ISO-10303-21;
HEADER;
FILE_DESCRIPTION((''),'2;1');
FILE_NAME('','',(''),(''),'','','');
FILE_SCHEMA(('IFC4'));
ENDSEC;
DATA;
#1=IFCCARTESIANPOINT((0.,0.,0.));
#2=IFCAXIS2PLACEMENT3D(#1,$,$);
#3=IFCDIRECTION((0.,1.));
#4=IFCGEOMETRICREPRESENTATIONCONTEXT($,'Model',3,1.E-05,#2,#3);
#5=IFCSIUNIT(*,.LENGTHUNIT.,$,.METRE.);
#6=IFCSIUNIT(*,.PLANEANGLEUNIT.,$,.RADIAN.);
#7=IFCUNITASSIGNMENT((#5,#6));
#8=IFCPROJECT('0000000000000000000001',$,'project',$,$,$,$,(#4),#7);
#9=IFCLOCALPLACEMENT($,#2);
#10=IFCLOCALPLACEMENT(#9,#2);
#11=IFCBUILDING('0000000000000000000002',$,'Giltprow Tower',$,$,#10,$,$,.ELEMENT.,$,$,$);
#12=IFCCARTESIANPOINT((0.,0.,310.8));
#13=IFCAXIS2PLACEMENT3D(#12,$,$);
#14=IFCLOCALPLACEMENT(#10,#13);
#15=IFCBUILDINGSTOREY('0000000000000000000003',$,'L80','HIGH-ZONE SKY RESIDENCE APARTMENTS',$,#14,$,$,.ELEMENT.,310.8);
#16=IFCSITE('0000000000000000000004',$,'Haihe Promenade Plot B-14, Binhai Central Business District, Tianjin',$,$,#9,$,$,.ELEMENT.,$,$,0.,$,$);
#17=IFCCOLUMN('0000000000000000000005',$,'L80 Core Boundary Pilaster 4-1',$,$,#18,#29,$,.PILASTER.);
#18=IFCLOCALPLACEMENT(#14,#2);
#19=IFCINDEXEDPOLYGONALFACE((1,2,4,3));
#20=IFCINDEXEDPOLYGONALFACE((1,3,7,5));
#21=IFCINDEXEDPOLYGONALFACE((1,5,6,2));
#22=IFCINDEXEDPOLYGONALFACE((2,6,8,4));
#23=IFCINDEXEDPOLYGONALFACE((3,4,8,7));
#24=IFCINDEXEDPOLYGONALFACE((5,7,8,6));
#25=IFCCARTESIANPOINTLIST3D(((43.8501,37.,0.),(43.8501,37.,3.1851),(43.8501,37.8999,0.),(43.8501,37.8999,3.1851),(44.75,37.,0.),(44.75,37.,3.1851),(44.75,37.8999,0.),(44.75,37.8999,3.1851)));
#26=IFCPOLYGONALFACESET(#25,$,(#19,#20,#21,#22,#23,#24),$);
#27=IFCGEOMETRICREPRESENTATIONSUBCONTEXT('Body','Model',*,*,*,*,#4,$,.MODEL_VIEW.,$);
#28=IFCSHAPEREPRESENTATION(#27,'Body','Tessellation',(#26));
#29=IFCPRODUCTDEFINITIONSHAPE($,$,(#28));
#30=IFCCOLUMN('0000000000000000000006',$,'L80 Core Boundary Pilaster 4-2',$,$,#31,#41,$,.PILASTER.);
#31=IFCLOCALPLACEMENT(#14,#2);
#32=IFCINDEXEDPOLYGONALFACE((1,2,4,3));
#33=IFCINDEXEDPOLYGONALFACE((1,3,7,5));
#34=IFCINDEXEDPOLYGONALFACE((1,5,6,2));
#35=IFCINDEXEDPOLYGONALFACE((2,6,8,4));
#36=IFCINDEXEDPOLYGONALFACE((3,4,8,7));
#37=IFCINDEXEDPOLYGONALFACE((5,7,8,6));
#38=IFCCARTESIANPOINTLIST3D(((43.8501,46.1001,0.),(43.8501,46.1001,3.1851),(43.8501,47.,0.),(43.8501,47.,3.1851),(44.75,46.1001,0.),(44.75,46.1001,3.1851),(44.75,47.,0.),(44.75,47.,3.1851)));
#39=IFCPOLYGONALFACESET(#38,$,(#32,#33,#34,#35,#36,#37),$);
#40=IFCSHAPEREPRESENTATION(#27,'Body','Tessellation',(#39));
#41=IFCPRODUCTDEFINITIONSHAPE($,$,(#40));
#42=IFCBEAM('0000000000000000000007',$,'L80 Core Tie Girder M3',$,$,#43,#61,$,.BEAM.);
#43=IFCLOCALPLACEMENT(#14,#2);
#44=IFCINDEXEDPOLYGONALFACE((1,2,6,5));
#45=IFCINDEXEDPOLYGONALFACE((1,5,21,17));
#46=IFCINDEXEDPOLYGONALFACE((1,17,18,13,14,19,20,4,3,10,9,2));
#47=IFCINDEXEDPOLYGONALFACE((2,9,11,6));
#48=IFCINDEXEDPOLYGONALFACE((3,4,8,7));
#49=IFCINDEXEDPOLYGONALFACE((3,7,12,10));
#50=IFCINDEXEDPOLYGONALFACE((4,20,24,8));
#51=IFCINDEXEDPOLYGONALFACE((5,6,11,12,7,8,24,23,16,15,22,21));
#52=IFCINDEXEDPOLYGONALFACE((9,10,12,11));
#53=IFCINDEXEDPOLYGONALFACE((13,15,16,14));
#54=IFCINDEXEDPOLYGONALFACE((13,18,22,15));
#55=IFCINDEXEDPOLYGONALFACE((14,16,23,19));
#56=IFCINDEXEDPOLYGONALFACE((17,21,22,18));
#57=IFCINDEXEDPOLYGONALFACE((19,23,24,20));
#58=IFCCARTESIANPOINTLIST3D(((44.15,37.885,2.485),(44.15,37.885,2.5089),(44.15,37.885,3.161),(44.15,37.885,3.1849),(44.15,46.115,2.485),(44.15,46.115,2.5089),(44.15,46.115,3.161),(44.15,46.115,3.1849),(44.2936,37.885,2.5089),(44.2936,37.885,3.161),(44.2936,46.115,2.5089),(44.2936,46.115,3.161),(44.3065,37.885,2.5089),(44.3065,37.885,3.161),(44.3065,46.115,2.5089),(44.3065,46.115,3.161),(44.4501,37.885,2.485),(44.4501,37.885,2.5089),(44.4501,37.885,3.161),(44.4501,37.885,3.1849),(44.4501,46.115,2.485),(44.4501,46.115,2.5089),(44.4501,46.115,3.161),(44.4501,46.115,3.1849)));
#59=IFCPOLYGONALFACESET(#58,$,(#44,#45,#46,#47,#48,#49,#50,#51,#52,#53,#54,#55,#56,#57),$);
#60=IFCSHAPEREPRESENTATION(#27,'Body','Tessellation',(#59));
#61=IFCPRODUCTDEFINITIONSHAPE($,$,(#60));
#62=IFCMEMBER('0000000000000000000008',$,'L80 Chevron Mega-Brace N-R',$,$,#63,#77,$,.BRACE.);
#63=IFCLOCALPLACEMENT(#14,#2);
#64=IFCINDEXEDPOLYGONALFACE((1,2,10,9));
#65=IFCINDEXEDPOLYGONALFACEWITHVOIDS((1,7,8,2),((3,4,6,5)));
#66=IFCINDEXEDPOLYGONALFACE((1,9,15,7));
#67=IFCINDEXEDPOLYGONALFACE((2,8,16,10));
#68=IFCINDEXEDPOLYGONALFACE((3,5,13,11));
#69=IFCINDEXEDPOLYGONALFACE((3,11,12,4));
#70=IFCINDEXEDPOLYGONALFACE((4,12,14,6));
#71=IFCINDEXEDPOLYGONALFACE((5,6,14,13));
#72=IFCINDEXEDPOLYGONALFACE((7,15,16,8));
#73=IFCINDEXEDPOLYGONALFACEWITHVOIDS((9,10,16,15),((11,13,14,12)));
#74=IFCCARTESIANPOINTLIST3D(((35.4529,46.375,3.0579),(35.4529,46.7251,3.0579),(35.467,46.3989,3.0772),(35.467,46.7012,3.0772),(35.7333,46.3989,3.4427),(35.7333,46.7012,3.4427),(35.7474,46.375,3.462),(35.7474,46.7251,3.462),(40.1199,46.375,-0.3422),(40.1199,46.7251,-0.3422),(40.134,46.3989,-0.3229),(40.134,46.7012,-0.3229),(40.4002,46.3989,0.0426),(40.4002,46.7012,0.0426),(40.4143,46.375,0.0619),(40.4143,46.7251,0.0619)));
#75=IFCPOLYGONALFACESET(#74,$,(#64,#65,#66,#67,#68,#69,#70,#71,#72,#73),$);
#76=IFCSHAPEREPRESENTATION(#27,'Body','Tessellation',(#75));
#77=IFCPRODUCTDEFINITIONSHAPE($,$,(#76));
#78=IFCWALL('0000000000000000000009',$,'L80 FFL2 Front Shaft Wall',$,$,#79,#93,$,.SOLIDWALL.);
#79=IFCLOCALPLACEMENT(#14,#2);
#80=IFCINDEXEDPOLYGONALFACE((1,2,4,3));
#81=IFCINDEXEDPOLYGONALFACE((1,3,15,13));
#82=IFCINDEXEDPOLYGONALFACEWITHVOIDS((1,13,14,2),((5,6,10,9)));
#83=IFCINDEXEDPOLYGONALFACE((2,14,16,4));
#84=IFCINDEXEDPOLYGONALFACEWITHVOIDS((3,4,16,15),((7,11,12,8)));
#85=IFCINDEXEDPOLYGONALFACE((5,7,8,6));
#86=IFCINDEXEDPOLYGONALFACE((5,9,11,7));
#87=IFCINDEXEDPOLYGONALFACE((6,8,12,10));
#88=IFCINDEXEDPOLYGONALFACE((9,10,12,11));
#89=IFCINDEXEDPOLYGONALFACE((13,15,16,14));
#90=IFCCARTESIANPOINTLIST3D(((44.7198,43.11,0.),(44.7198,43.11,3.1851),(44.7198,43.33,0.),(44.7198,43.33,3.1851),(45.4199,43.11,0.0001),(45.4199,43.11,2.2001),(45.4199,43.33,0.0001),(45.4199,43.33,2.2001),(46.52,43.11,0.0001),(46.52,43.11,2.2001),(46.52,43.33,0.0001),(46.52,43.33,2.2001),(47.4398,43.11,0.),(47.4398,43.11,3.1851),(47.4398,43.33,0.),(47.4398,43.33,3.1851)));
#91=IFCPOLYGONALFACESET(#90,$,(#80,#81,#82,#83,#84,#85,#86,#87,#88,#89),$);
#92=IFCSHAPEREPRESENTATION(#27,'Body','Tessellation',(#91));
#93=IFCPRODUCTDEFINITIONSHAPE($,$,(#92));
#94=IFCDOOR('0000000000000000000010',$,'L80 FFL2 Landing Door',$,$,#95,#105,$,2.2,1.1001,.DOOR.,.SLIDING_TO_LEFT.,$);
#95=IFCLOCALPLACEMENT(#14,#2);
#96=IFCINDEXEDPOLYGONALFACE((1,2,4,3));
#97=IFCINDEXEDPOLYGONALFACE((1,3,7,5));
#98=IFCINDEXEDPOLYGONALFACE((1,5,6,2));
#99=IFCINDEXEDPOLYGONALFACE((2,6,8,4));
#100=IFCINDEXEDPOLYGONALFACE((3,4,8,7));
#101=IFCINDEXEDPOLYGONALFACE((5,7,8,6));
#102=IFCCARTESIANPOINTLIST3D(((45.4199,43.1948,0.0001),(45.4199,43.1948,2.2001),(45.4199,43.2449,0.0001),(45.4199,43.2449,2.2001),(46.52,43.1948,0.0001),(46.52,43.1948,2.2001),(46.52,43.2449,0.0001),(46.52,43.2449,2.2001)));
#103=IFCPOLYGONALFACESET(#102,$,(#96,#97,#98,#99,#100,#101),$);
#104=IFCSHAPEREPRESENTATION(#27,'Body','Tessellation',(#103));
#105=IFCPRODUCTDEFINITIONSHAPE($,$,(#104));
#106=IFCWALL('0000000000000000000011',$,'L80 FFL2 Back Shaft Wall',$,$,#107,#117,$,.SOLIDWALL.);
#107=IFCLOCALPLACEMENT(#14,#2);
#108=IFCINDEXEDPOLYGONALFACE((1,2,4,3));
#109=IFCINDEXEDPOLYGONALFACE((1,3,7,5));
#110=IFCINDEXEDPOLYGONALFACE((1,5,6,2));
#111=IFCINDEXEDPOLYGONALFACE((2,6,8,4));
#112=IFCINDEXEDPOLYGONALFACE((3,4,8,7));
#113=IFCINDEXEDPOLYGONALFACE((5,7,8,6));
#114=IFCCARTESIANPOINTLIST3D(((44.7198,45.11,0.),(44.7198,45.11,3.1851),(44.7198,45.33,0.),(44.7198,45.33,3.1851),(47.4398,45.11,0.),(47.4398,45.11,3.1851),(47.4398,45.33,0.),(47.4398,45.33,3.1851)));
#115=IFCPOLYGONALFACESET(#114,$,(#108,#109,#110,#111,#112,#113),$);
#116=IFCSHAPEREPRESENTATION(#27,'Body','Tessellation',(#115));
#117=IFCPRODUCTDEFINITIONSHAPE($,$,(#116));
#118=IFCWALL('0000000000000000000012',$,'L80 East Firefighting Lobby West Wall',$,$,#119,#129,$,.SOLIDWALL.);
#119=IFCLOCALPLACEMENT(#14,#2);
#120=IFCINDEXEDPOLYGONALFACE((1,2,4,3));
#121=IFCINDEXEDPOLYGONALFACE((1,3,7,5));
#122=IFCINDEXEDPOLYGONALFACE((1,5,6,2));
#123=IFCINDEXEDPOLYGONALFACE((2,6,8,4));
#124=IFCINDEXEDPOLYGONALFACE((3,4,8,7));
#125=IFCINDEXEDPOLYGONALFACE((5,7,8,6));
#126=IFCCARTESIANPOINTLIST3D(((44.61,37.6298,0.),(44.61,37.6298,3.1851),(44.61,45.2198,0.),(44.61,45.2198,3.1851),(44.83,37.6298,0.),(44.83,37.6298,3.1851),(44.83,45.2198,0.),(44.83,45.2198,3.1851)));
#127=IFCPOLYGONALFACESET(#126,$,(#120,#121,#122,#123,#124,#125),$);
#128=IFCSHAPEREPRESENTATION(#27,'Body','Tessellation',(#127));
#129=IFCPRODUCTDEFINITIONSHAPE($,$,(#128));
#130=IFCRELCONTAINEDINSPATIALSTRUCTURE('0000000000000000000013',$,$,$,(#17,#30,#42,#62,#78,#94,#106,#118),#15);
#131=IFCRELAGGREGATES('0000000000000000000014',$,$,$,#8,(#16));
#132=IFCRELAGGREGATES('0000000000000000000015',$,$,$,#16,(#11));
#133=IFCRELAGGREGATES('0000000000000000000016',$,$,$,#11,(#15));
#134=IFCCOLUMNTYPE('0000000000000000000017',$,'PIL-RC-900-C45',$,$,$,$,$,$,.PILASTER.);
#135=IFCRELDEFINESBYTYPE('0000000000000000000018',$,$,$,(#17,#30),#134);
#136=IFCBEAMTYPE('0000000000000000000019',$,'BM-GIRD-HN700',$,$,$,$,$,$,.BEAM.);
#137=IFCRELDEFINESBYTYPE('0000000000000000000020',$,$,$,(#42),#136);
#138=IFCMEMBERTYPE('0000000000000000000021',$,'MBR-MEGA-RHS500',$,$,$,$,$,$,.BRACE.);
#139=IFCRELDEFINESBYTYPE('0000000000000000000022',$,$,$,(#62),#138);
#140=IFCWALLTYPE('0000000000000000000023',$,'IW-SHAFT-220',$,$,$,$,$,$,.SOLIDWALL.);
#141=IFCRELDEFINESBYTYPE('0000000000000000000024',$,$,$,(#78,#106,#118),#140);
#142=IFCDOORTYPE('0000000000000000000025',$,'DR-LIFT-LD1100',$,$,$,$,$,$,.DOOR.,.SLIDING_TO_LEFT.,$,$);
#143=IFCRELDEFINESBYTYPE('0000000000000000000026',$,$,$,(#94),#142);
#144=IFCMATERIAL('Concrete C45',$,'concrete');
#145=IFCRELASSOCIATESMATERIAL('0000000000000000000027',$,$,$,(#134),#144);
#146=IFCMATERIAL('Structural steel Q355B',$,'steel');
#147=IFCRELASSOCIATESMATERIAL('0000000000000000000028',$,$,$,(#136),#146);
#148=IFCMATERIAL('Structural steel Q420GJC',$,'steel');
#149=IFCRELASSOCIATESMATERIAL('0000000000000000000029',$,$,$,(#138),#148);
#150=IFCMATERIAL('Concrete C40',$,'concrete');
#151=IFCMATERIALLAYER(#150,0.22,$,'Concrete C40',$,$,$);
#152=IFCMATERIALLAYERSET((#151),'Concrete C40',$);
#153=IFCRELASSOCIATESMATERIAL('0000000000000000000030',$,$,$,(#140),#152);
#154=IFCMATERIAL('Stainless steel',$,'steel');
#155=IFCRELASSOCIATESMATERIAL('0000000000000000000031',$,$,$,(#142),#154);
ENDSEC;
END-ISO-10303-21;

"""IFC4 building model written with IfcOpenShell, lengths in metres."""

from ifc_helpers import new_model, si_unit, direction, frame, frame_2d, origin, origin_2d, place, context, subcontext, project, spatial, rectangle, hollow_rectangle, i_section, extrude, source, transform, mapped, material, layer, layer_set, material_profile, profile_set, type_object, element, fill, save


model = new_model("IFC4")

# Units and contexts
model_context = context("Model", 3, precision=1e-05, world=origin(), true_north=direction((0.0, 1.0)))
body_context = subcontext(model_context, "Body", "Model", "MODEL_VIEW")
ifc_project = project(units=[si_unit("LENGTHUNIT", "METRE"), si_unit("PLANEANGLEUNIT", "RADIAN")], contexts=[model_context])

# Site, building, storey
site_placement = place(None, origin())
site = spatial("IfcSite", under=ifc_project, at=site_placement, Name="Haihe Promenade Plot B-14, Binhai Central Business District, Tianjin", CompositionType="ELEMENT", RefElevation=0.0)
building_placement = place(site_placement, origin())
building = spatial("IfcBuilding", under=site, at=building_placement, Name="Giltprow Tower", CompositionType="ELEMENT")
storey_placement = place(building_placement, frame((0.0, 0.0, 310.8)))
storey = spatial("IfcBuildingStorey", under=building, at=storey_placement, Name="L80", Description="HIGH-ZONE SKY RESIDENCE APARTMENTS", CompositionType="ELEMENT", Elevation=310.8)

# Columns
ifc_material_1 = material(Name="Concrete C45", Category="concrete")
ifc_material_profile_1 = material_profile(ifc_material_1, rectangle(XDim=0.8999, YDim=0.8999, at=origin_2d()), Name="RC 900x900")
ifc_profile_set_1 = profile_set([ifc_material_profile_1], Name="Concrete C45")
column_type = type_object("IfcColumnType", Name="PIL-RC-900-C45", PredefinedType="PILASTER", material=ifc_profile_set_1)
shared_shape_1 = source(origin(), body_context, "Body", "SweptSolid", [
    extrude(rectangle(XDim=0.8999, YDim=0.8999, at=origin_2d()), origin(), (0.0, 0.0, 1.0), 3.1851),
])
for number, where, z_axis, x_axis, name in (
    (1, (44.3, 37.45, 0.0), (0.0, 0.0, 1.0), (1.0, 0.0, 0.0), "L80 Core Boundary Pilaster 4-1"),
    (2, (44.3, 46.55, 0.0), (0.0, 0.0, 1.0), (1.0, 0.0, 0.0), "L80 Core Boundary Pilaster 4-2"),
):
    element("IfcColumn", number, at=place(storey_placement, frame(where, z_axis=z_axis, x_axis=x_axis)), inside=storey, type_object=column_type, Name=name, PredefinedType="PILASTER", context=body_context, shape_type="MappedRepresentation", body=[
        mapped(shared_shape_1, transform((0.0, 0.0, 0.0), x_axis=(1.0, 0.0, 0.0), y_axis=(0.0, 1.0, 0.0), z_axis=(0.0, 0.0, 1.0), scale=1.0)),
    ])

# Beam
ifc_material_2 = material(Name="Structural steel Q355B", Category="steel")
ifc_material_profile_2 = material_profile(ifc_material_2, i_section(OverallWidth=0.3, OverallDepth=0.7, WebThickness=0.0129, FlangeThickness=0.0239, at=origin_2d()), Name="HN 700x300x13x24")
ifc_profile_set_2 = profile_set([ifc_material_profile_2], Name="Structural steel Q355B")
beam_type = type_object("IfcBeamType", Name="BM-GIRD-HN700", PredefinedType="BEAM", material=ifc_profile_set_2)
shared_shape_2 = source(origin(), body_context, "Body", "SweptSolid", [
    extrude(i_section(OverallWidth=0.3, OverallDepth=0.7, WebThickness=0.0129, FlangeThickness=0.0239, at=origin_2d()), origin(), (0.0, 0.0, 1.0), 8.23),
])
beam_placement = place(storey_placement, frame((44.3, 37.885, 2.835), z_axis=(0.0, 1.0, 0.0), x_axis=(-1.0, 0.0, 0.0)))
element("IfcBeam", 3, at=beam_placement, inside=storey, type_object=beam_type, Name="L80 Core Tie Girder M3", PredefinedType="BEAM", context=body_context, shape_type="MappedRepresentation", body=[
    mapped(shared_shape_2, transform((0.0, 0.0, 0.0), x_axis=(1.0, 0.0, 0.0), y_axis=(0.0, 1.0, 0.0), z_axis=(0.0, 0.0, 1.0), scale=1.0)),
])

# Member
ifc_material_3 = material(Name="Structural steel Q420GJC", Category="steel")
ifc_material_profile_3 = material_profile(ifc_material_3, hollow_rectangle(XDim=0.3501, YDim=0.5, WallThickness=0.0239, at=origin_2d()), Name="RHS 500x350x24")
ifc_profile_set_3 = profile_set([ifc_material_profile_3], Name="Structural steel Q420GJC")
member_type = type_object("IfcMemberType", Name="MBR-MEGA-RHS500", PredefinedType="BRACE", material=ifc_profile_set_3)
shared_shape_3 = source(origin(), body_context, "Body", "SweptSolid", [
    extrude(hollow_rectangle(XDim=0.3501, YDim=0.5, WallThickness=0.0239, at=origin_2d()), origin(), (0.0, 0.0, 1.0), 5.7742),
])
member_placement = place(storey_placement, frame((40.2671, 46.55, -0.1401), z_axis=(-0.808244, 0.0, 0.588848), x_axis=(0.0, -1.0, 0.0)))
element("IfcMember", 4, at=member_placement, inside=storey, type_object=member_type, Name="L80 Chevron Mega-Brace N-R", PredefinedType="BRACE", context=body_context, shape_type="MappedRepresentation", body=[
    mapped(shared_shape_3, transform((0.0, 0.0, 0.0), x_axis=(1.0, 0.0, 0.0), y_axis=(0.0, 1.0, 0.0), z_axis=(0.0, 0.0, 1.0), scale=1.0)),
])

# Wall, opening, door
ifc_material_4 = material(Name="Concrete C40", Category="concrete")
ifc_layer_1 = layer(ifc_material_4, 0.22, Name="Concrete C40")
ifc_layer_set_1 = layer_set([ifc_layer_1], Name="Concrete C40")
wall_type_1 = type_object("IfcWallType", Name="IW-SHAFT-220", PredefinedType="SOLIDWALL", material=ifc_layer_set_1)
wall_1_placement = place(storey_placement, frame((44.72, 43.22, 0.0), z_axis=(0.0, 0.0, 1.0), x_axis=(1.0, 0.0, 0.0)))
wall_1 = element("IfcWall", 5, at=wall_1_placement, inside=storey, type_object=wall_type_1, Name="L80 FFL2 Front Shaft Wall", PredefinedType="SOLIDWALL", context=body_context, shape_type="SweptSolid", body=[
    extrude(rectangle(XDim=2.72, YDim=0.22, at=frame_2d((1.3599, 0.0))), origin(), (0.0, 0.0, 1.0), 3.1851),
])
opening_1_placement = place(wall_1_placement, frame((0.7, 0.0, 0.0)))
opening_1 = element("IfcOpeningElement", 6, at=opening_1_placement, cuts=wall_1, PredefinedType="OPENING", context=body_context, shape_type="SweptSolid", body=[
    extrude(rectangle(XDim=1.1001, YDim=2.2, at=frame_2d((0.55, 1.1001))), frame((0.0, 0.1199, 0.0), z_axis=(0.0, -1.0, 0.0), x_axis=(1.0, 0.0, 0.0)), (0.0, 0.0, 1.0), 0.24),
])
ifc_material_5 = material(Name="Stainless steel", Category="steel")
door_type_1 = type_object("IfcDoorType", Name="DR-LIFT-LD1100", OperationType="SLIDING_TO_LEFT", PredefinedType="DOOR", material=ifc_material_5)
shared_shape_4 = source(origin(), body_context, "Body", "SweptSolid", [
    extrude(rectangle(XDim=1.1001, YDim=2.2, at=frame_2d((0.55, 1.1001))), frame((0.0, 0.0249, 0.0), z_axis=(0.0, -1.0, 0.0), x_axis=(1.0, 0.0, 0.0)), (0.0, 0.0, 1.0), 0.05),
])
door_1_placement = place(opening_1_placement, origin())
door_1 = element("IfcDoor", 7, at=door_1_placement, inside=storey, type_object=door_type_1, Name="L80 FFL2 Landing Door", OperationType="SLIDING_TO_LEFT", OverallHeight=2.2, OverallWidth=1.1001, PredefinedType="DOOR", context=body_context, shape_type="MappedRepresentation", body=[
    mapped(shared_shape_4, transform((0.0, 0.0, 0.0), x_axis=(1.0, 0.0, 0.0), y_axis=(0.0, 1.0, 0.0), z_axis=(0.0, 0.0, 1.0), scale=1.0)),
])
fill(opening_1, door_1)

# Walls
wall_2_placement = place(storey_placement, frame((44.72, 45.22, 0.0), z_axis=(0.0, 0.0, 1.0), x_axis=(1.0, 0.0, 0.0)))
element("IfcWall", 8, at=wall_2_placement, inside=storey, type_object=wall_type_1, Name="L80 FFL2 Back Shaft Wall", PredefinedType="SOLIDWALL", context=body_context, shape_type="SweptSolid", body=[
    extrude(rectangle(XDim=2.72, YDim=0.22, at=frame_2d((1.3599, 0.0))), origin(), (0.0, 0.0, 1.0), 3.1851),
])
wall_3_placement = place(storey_placement, frame((44.72, 37.6299, 0.0), z_axis=(0.0, 0.0, 1.0), x_axis=(0.0, 1.0, 0.0)))
element("IfcWall", 9, at=wall_3_placement, inside=storey, type_object=wall_type_1, Name="L80 East Firefighting Lobby West Wall", PredefinedType="SOLIDWALL", context=body_context, shape_type="SweptSolid", body=[
    extrude(rectangle(XDim=7.5901, YDim=0.22, at=frame_2d((3.7949, 0.0))), origin(), (0.0, 0.0, 1.0), 3.1851),
])

save(model, "model.ifc")
